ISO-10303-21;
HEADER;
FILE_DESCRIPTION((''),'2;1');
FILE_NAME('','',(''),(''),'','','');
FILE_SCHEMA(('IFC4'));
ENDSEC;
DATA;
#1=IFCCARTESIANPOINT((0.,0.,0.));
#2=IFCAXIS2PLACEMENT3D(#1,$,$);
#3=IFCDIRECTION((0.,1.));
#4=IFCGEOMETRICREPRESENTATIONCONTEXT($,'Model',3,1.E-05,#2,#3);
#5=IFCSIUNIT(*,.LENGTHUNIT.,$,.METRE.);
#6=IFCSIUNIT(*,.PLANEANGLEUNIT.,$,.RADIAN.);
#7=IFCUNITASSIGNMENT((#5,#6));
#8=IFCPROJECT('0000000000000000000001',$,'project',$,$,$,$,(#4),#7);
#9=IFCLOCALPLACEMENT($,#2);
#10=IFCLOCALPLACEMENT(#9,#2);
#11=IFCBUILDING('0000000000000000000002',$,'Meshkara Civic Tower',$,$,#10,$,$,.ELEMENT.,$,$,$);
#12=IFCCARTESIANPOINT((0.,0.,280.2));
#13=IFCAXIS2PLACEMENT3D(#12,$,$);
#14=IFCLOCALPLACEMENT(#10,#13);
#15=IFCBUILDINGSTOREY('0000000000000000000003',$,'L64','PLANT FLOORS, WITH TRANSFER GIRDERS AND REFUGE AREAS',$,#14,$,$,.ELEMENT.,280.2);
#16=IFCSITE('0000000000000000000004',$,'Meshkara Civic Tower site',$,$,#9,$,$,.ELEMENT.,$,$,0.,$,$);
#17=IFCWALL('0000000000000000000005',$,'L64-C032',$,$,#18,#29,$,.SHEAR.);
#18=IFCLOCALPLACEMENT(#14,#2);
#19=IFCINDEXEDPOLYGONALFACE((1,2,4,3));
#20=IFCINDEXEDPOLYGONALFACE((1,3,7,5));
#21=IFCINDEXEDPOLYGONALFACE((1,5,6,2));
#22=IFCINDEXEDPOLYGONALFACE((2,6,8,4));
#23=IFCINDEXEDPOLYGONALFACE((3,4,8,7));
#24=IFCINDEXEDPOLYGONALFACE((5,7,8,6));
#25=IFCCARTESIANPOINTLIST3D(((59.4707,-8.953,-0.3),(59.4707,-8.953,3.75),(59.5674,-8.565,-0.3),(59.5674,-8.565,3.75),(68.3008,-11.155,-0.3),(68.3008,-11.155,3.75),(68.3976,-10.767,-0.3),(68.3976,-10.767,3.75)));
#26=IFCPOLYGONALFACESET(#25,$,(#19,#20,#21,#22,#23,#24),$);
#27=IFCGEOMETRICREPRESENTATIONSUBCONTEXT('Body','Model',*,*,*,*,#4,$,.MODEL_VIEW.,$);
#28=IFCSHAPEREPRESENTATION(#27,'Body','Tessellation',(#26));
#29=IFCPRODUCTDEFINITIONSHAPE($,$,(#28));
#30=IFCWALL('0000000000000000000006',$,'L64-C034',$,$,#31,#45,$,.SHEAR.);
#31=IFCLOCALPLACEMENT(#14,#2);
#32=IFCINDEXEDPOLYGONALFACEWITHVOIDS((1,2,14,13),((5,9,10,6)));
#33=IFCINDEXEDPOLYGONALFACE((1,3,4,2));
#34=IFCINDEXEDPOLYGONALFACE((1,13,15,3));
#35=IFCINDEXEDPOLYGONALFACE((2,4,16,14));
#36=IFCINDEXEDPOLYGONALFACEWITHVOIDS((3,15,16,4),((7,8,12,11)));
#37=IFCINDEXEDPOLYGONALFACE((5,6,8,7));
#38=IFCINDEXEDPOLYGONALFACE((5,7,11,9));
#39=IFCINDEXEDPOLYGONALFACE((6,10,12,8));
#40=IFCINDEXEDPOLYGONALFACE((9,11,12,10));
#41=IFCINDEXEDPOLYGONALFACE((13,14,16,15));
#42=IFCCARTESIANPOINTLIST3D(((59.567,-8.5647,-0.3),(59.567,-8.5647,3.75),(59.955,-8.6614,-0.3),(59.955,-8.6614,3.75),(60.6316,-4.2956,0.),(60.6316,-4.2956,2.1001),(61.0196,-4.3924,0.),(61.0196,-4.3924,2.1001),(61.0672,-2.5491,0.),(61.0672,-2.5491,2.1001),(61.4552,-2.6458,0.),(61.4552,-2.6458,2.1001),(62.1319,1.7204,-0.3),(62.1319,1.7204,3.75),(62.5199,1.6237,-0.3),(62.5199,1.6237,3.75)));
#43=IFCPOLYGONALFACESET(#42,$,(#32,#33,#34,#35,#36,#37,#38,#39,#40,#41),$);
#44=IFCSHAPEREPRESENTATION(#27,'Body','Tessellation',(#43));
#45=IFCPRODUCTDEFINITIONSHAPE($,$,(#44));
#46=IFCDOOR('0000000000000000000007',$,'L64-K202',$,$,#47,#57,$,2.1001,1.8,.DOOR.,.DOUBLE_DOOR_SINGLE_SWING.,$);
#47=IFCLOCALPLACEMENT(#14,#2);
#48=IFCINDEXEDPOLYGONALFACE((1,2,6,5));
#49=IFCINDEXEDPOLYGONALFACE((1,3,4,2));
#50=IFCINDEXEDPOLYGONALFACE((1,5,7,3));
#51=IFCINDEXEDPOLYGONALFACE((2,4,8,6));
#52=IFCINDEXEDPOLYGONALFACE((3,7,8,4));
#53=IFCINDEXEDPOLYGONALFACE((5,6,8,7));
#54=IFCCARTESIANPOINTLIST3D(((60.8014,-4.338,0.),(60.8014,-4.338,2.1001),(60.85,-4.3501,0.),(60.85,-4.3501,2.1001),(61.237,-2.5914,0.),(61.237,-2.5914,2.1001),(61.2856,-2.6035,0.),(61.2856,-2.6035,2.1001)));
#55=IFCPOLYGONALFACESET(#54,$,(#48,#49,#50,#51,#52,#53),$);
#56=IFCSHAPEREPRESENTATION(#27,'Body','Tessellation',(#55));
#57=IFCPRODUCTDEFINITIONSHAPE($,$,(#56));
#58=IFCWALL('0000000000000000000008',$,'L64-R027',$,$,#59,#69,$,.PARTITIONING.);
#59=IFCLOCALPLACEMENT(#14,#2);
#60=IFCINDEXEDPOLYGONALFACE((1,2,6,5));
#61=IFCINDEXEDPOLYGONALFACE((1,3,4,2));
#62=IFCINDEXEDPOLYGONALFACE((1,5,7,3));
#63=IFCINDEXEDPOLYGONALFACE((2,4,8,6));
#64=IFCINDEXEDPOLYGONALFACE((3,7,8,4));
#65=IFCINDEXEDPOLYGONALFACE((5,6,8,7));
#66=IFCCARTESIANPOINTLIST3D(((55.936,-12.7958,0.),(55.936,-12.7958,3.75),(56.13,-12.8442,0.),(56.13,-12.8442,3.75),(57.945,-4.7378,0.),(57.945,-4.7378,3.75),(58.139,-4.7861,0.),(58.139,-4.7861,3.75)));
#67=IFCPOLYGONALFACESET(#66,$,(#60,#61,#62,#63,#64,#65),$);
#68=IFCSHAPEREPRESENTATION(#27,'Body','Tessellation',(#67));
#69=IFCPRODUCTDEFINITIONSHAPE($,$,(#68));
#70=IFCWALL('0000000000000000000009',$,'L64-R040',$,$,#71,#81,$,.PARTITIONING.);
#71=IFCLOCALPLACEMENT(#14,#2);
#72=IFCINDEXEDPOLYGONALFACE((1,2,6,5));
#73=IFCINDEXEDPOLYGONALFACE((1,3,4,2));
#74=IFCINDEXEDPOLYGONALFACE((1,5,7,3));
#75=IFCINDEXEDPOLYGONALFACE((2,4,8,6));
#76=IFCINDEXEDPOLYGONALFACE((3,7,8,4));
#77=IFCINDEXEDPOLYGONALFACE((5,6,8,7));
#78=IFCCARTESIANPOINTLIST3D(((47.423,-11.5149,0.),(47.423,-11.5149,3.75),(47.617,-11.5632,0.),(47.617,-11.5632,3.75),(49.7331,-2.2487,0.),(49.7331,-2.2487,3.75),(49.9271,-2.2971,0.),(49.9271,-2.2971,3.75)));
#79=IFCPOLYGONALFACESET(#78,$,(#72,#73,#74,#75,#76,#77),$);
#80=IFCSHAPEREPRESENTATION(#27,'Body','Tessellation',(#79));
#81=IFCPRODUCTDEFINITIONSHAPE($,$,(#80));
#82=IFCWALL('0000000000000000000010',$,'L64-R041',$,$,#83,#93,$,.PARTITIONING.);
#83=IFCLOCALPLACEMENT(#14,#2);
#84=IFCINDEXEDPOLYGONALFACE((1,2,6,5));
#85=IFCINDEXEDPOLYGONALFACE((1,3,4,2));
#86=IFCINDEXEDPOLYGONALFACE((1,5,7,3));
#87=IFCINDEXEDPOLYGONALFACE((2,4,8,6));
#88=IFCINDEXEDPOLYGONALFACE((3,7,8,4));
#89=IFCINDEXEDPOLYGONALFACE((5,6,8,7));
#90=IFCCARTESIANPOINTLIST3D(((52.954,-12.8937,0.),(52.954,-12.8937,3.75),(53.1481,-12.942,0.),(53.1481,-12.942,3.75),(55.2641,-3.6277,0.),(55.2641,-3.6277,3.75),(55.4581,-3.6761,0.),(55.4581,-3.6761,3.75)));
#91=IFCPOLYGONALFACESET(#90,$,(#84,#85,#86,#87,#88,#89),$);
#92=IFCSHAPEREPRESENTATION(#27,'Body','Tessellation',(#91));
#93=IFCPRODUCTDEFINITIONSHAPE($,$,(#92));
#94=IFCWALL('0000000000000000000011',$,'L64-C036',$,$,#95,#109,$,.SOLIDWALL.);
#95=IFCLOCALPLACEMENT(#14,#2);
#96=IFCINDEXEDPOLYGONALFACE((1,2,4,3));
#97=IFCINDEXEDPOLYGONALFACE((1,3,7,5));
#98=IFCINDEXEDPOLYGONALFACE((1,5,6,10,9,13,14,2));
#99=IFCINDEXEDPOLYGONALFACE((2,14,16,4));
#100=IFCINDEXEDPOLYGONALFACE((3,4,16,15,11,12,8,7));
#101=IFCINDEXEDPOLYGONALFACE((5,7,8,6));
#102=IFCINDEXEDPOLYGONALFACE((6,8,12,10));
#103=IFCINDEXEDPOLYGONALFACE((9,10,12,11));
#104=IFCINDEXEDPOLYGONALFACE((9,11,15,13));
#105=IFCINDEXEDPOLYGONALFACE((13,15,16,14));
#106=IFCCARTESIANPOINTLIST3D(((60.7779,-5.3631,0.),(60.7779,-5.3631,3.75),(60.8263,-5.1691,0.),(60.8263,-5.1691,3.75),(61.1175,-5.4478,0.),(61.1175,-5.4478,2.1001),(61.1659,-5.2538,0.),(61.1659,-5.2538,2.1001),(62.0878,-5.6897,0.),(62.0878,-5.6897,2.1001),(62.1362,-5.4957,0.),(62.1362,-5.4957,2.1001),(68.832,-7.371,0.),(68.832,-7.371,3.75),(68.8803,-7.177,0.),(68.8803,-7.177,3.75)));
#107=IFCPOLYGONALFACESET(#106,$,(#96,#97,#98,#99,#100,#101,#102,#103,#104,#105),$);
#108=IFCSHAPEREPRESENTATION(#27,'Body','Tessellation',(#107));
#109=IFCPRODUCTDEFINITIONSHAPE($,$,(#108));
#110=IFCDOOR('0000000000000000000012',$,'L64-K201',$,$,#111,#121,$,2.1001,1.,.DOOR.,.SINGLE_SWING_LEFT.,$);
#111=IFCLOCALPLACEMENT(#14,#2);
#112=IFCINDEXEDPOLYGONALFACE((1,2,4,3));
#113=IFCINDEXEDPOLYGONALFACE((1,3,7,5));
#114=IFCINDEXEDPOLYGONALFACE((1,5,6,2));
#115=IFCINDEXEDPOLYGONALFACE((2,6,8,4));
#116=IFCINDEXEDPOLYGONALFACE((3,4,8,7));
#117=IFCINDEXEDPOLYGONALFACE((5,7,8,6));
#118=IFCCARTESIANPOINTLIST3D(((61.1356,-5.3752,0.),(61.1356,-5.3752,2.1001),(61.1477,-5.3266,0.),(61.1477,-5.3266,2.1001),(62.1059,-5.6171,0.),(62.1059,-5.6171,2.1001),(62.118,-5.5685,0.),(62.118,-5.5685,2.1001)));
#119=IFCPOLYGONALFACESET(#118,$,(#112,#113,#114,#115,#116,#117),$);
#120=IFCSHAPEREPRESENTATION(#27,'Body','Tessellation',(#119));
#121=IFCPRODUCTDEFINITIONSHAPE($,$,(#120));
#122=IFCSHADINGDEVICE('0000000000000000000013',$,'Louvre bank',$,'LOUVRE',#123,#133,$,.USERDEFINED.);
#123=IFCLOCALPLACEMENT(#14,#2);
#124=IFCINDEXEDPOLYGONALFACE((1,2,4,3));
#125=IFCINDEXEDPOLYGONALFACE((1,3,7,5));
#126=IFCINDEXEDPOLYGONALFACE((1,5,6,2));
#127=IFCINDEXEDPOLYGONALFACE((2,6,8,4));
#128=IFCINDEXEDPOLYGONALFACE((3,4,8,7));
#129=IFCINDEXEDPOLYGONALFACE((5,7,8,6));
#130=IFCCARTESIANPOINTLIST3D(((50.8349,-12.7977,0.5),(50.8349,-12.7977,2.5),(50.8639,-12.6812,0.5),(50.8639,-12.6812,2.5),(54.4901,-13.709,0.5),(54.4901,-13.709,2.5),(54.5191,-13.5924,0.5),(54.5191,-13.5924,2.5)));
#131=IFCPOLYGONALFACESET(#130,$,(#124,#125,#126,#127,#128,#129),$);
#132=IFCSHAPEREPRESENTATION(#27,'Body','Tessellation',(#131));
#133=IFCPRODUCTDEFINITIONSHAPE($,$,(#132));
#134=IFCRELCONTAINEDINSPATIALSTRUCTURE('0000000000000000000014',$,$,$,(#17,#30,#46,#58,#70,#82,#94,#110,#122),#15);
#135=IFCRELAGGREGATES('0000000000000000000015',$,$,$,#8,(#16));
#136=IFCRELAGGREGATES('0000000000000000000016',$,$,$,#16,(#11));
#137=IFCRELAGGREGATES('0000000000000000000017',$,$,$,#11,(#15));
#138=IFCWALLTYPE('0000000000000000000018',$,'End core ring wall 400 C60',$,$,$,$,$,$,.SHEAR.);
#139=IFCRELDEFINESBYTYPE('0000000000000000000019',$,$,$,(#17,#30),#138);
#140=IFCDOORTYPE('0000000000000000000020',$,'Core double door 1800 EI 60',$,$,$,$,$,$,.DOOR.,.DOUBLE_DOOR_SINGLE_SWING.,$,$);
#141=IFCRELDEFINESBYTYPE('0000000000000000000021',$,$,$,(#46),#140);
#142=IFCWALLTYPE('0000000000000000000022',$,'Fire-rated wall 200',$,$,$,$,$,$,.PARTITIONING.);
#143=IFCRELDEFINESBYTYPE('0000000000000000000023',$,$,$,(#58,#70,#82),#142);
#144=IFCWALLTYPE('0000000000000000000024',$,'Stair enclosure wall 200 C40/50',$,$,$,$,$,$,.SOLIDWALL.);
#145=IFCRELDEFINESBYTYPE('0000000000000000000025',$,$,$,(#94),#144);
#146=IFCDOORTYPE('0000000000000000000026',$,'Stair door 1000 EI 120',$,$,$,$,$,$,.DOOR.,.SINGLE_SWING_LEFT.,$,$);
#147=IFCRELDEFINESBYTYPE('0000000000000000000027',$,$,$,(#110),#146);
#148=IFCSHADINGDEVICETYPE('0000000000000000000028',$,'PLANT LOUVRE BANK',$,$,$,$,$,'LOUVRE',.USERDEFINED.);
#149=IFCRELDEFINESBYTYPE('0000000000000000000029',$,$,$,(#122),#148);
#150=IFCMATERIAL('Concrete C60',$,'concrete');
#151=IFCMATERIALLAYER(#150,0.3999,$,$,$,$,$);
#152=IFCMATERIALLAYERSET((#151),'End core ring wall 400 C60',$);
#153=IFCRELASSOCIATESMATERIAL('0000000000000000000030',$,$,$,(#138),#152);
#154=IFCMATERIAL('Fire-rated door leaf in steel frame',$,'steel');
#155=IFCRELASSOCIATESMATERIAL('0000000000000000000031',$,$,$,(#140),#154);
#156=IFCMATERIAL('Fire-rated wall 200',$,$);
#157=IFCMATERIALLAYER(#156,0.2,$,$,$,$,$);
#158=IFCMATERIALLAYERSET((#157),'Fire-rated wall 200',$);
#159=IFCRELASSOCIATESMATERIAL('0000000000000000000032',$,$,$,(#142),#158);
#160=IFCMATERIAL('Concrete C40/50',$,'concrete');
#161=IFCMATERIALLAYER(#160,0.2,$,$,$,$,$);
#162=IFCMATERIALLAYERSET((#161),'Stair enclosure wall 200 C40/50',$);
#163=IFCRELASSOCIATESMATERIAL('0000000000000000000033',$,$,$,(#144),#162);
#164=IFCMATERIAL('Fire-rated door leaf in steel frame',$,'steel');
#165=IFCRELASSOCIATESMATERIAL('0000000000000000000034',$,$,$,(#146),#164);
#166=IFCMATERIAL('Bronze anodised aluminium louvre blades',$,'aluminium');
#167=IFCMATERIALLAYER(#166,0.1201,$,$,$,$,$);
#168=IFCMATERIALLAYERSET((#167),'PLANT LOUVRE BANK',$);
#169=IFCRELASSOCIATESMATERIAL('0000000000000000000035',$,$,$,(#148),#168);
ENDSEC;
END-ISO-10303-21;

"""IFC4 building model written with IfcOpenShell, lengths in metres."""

from ifc_helpers import new_model, si_unit, direction, frame, frame_2d, origin, origin_2d, place, context, subcontext, project, spatial, rectangle, extrude, material, layer, layer_set, type_object, element, fill, save


model = new_model("IFC4")

# Units and contexts
model_context = context("Model", 3, precision=1e-05, world=origin(), true_north=direction((0.0, 1.0)))
body_context = subcontext(model_context, "Body", "Model", "MODEL_VIEW")
ifc_project = project(units=[si_unit("LENGTHUNIT", "METRE"), si_unit("PLANEANGLEUNIT", "RADIAN")], contexts=[model_context])

# Site, building, storey
site_placement = place(None, origin())
site = spatial("IfcSite", under=ifc_project, at=site_placement, Name="Meshkara Civic Tower site", CompositionType="ELEMENT", RefElevation=0.0)
building_placement = place(site_placement, origin())
building = spatial("IfcBuilding", under=site, at=building_placement, Name="Meshkara Civic Tower", CompositionType="ELEMENT")
storey_placement = place(building_placement, frame((0.0, 0.0, 280.2)))
storey = spatial("IfcBuildingStorey", under=building, at=storey_placement, Name="L64", Description="PLANT FLOORS, WITH TRANSFER GIRDERS AND REFUGE AREAS", CompositionType="ELEMENT", Elevation=280.2)

# Wall
ifc_material_1 = material(Name="Concrete C60", Category="concrete")
ifc_layer_1 = layer(ifc_material_1, 0.3999)
ifc_layer_set_1 = layer_set([ifc_layer_1], Name="End core ring wall 400 C60")
wall_type_1 = type_object("IfcWallType", Name="End core ring wall 400 C60", PredefinedType="SHEAR", material=ifc_layer_set_1)
wall_1_placement = place(storey_placement, frame((59.519, -8.759, -0.3), z_axis=(0.0, 0.0, 1.0), x_axis=(0.970288, -0.241955, 0.0)))
element("IfcWall", 1, at=wall_1_placement, inside=storey, type_object=wall_type_1, Name="L64-C032", PredefinedType="SHEAR", context=body_context, shape_type="SweptSolid", body=[
    extrude(rectangle(XDim=9.1006, YDim=0.3999, at=frame_2d((4.5503, 0.0))), origin(), (0.0, 0.0, 1.0), 4.05),
])

# Wall, opening, door
wall_2_placement = place(storey_placement, frame((59.761, -8.613, -0.3), z_axis=(0.0, 0.0, 1.0), x_axis=(0.241972, 0.970283, 0.0)))
wall_2 = element("IfcWall", 2, at=wall_2_placement, inside=storey, type_object=wall_type_1, Name="L64-C034", PredefinedType="SHEAR", context=body_context, shape_type="SweptSolid", body=[
    extrude(rectangle(XDim=10.6001, YDim=0.3999, at=frame_2d((5.3, 0.0))), origin(), (0.0, 0.0, 1.0), 4.05),
])
opening_1_placement = place(wall_2_placement, frame((4.3999, 0.0, 0.3)))
opening_1 = element("IfcOpeningElement", 3, at=opening_1_placement, cuts=wall_2, PredefinedType="OPENING", context=body_context, shape_type="SweptSolid", body=[
    extrude(rectangle(XDim=1.8, YDim=2.1001, at=frame_2d((0.8999, 1.05))), frame((0.0, 0.21, 0.0), z_axis=(0.0, -1.0, 0.0), x_axis=(1.0, 0.0, 0.0)), (0.0, 0.0, 1.0), 0.4199),
])
ifc_material_2 = material(Name="Fire-rated door leaf in steel frame", Category="steel")
door_type_1 = type_object("IfcDoorType", Name="Core double door 1800 EI 60", OperationType="DOUBLE_DOOR_SINGLE_SWING", PredefinedType="DOOR", material=ifc_material_2)
door_1_placement = place(opening_1_placement, origin())
door_1 = element("IfcDoor", 4, at=door_1_placement, inside=storey, type_object=door_type_1, Name="L64-K202", OperationType="DOUBLE_DOOR_SINGLE_SWING", OverallHeight=2.1001, OverallWidth=1.8, PredefinedType="DOOR", context=body_context, shape_type="SweptSolid", body=[
    extrude(rectangle(XDim=1.8, YDim=2.1001, at=frame_2d((0.8999, 1.05))), frame((0.0, 0.0249, 0.0), z_axis=(0.0, -1.0, 0.0), x_axis=(1.0, 0.0, 0.0)), (0.0, 0.0, 1.0), 0.05),
])
fill(opening_1, door_1)

# Walls
ifc_material_3 = material(Name="Fire-rated wall 200")
ifc_layer_2 = layer(ifc_material_3, 0.2)
ifc_layer_set_2 = layer_set([ifc_layer_2], Name="Fire-rated wall 200")
wall_type_2 = type_object("IfcWallType", Name="Fire-rated wall 200", PredefinedType="PARTITIONING", material=ifc_layer_set_2)
wall_3_placement = place(storey_placement, frame((58.042, -4.762, 0.0), z_axis=(0.0, 0.0, 1.0), x_axis=(-0.241913, -0.970298, 0.0)))
element("IfcWall", 5, at=wall_3_placement, inside=storey, type_object=wall_type_2, Name="L64-R027", PredefinedType="PARTITIONING", context=body_context, shape_type="SweptSolid", body=[
    extrude(rectangle(XDim=8.3047, YDim=0.2, at=frame_2d((4.1523, 0.0))), origin(), (0.0, 0.0, 1.0), 3.75),
])
wall_4_placement = place(storey_placement, frame((47.52, -11.5391, 0.0), z_axis=(0.0, 0.0, 1.0), x_axis=(0.241898, 0.970302, 0.0)))
element("IfcWall", 6, at=wall_4_placement, inside=storey, type_object=wall_type_2, Name="L64-R040", PredefinedType="PARTITIONING", context=body_context, shape_type="SweptSolid", body=[
    extrude(rectangle(XDim=9.5498, YDim=0.2, at=frame_2d((4.7749, 0.0))), origin(), (0.0, 0.0, 1.0), 3.75),
])
wall_5_placement = place(storey_placement, frame((53.051, -12.918, 0.0), z_axis=(0.0, 0.0, 1.0), x_axis=(0.241904, 0.9703, 0.0)))
element("IfcWall", 7, at=wall_5_placement, inside=storey, type_object=wall_type_2, Name="L64-R041", PredefinedType="PARTITIONING", context=body_context, shape_type="SweptSolid", body=[
    extrude(rectangle(XDim=9.5496, YDim=0.2, at=frame_2d((4.7749, 0.0))), origin(), (0.0, 0.0, 1.0), 3.75),
])

# Wall, opening, door
ifc_material_4 = material(Name="Concrete C40/50", Category="concrete")
ifc_layer_3 = layer(ifc_material_4, 0.2)
ifc_layer_set_3 = layer_set([ifc_layer_3], Name="Stair enclosure wall 200 C40/50")
wall_type_3 = type_object("IfcWallType", Name="Stair enclosure wall 200 C40/50", PredefinedType="SOLIDWALL", material=ifc_layer_set_3)
wall_6_placement = place(storey_placement, frame((60.802, -5.2661, 0.0), z_axis=(0.0, 0.0, 1.0), x_axis=(0.970303, -0.241892, 0.0)))
wall_6 = element("IfcWall", 8, at=wall_6_placement, inside=storey, type_object=wall_type_3, Name="L64-C036", PredefinedType="SOLIDWALL", context=body_context, shape_type="SweptSolid", body=[
    extrude(rectangle(XDim=8.3005, YDim=0.2, at=frame_2d((4.1504, 0.0))), origin(), (0.0, 0.0, 1.0), 3.75),
])
opening_2_placement = place(wall_6_placement, frame((0.3501, 0.0, 0.0)))
opening_2 = element("IfcOpeningElement", 9, at=opening_2_placement, cuts=wall_6, PredefinedType="OPENING", context=body_context, shape_type="SweptSolid", body=[
    extrude(rectangle(XDim=1.0, YDim=2.1001, at=frame_2d((0.5, 1.05))), frame((0.0, 0.1099, 0.0), z_axis=(0.0, -1.0, 0.0), x_axis=(1.0, 0.0, 0.0)), (0.0, 0.0, 1.0), 0.22),
])
ifc_material_5 = material(Name="Fire-rated door leaf in steel frame", Category="steel")
door_type_2 = type_object("IfcDoorType", Name="Stair door 1000 EI 120", OperationType="SINGLE_SWING_LEFT", PredefinedType="DOOR", material=ifc_material_5)
door_2_placement = place(opening_2_placement, origin())
door_2 = element("IfcDoor", 10, at=door_2_placement, inside=storey, type_object=door_type_2, Name="L64-K201", OperationType="SINGLE_SWING_LEFT", OverallHeight=2.1001, OverallWidth=1.0, PredefinedType="DOOR", context=body_context, shape_type="SweptSolid", body=[
    extrude(rectangle(XDim=1.0, YDim=2.1001, at=frame_2d((0.5, 1.05))), frame((0.0, 0.0249, 0.0), z_axis=(0.0, -1.0, 0.0), x_axis=(1.0, 0.0, 0.0)), (0.0, 0.0, 1.0), 0.05),
])
fill(opening_2, door_2)

# Shading device
ifc_material_6 = material(Name="Bronze anodised aluminium louvre blades", Category="aluminium")
ifc_layer_4 = layer(ifc_material_6, 0.1201)
ifc_layer_set_4 = layer_set([ifc_layer_4], Name="PLANT LOUVRE BANK")
shading_device_type = type_object("IfcShadingDeviceType", Name="PLANT LOUVRE BANK", ElementType="LOUVRE", PredefinedType="USERDEFINED", material=ifc_layer_set_4)
shading_device_placement = place(storey_placement, frame((52.677, -13.1951, 0.5), z_axis=(0.0, 0.0, 1.0), x_axis=(0.9703, -0.241905, 0.0)))
element("IfcShadingDevice", 11, at=shading_device_placement, inside=storey, type_object=shading_device_type, Name="Louvre bank", ObjectType="LOUVRE", PredefinedType="USERDEFINED", context=body_context, shape_type="SweptSolid", body=[
    extrude(rectangle(XDim=3.7671, YDim=0.1201, at=origin_2d()), origin(), (0.0, 0.0, 1.0), 2.0),
])

save(model, "model.ifc")
